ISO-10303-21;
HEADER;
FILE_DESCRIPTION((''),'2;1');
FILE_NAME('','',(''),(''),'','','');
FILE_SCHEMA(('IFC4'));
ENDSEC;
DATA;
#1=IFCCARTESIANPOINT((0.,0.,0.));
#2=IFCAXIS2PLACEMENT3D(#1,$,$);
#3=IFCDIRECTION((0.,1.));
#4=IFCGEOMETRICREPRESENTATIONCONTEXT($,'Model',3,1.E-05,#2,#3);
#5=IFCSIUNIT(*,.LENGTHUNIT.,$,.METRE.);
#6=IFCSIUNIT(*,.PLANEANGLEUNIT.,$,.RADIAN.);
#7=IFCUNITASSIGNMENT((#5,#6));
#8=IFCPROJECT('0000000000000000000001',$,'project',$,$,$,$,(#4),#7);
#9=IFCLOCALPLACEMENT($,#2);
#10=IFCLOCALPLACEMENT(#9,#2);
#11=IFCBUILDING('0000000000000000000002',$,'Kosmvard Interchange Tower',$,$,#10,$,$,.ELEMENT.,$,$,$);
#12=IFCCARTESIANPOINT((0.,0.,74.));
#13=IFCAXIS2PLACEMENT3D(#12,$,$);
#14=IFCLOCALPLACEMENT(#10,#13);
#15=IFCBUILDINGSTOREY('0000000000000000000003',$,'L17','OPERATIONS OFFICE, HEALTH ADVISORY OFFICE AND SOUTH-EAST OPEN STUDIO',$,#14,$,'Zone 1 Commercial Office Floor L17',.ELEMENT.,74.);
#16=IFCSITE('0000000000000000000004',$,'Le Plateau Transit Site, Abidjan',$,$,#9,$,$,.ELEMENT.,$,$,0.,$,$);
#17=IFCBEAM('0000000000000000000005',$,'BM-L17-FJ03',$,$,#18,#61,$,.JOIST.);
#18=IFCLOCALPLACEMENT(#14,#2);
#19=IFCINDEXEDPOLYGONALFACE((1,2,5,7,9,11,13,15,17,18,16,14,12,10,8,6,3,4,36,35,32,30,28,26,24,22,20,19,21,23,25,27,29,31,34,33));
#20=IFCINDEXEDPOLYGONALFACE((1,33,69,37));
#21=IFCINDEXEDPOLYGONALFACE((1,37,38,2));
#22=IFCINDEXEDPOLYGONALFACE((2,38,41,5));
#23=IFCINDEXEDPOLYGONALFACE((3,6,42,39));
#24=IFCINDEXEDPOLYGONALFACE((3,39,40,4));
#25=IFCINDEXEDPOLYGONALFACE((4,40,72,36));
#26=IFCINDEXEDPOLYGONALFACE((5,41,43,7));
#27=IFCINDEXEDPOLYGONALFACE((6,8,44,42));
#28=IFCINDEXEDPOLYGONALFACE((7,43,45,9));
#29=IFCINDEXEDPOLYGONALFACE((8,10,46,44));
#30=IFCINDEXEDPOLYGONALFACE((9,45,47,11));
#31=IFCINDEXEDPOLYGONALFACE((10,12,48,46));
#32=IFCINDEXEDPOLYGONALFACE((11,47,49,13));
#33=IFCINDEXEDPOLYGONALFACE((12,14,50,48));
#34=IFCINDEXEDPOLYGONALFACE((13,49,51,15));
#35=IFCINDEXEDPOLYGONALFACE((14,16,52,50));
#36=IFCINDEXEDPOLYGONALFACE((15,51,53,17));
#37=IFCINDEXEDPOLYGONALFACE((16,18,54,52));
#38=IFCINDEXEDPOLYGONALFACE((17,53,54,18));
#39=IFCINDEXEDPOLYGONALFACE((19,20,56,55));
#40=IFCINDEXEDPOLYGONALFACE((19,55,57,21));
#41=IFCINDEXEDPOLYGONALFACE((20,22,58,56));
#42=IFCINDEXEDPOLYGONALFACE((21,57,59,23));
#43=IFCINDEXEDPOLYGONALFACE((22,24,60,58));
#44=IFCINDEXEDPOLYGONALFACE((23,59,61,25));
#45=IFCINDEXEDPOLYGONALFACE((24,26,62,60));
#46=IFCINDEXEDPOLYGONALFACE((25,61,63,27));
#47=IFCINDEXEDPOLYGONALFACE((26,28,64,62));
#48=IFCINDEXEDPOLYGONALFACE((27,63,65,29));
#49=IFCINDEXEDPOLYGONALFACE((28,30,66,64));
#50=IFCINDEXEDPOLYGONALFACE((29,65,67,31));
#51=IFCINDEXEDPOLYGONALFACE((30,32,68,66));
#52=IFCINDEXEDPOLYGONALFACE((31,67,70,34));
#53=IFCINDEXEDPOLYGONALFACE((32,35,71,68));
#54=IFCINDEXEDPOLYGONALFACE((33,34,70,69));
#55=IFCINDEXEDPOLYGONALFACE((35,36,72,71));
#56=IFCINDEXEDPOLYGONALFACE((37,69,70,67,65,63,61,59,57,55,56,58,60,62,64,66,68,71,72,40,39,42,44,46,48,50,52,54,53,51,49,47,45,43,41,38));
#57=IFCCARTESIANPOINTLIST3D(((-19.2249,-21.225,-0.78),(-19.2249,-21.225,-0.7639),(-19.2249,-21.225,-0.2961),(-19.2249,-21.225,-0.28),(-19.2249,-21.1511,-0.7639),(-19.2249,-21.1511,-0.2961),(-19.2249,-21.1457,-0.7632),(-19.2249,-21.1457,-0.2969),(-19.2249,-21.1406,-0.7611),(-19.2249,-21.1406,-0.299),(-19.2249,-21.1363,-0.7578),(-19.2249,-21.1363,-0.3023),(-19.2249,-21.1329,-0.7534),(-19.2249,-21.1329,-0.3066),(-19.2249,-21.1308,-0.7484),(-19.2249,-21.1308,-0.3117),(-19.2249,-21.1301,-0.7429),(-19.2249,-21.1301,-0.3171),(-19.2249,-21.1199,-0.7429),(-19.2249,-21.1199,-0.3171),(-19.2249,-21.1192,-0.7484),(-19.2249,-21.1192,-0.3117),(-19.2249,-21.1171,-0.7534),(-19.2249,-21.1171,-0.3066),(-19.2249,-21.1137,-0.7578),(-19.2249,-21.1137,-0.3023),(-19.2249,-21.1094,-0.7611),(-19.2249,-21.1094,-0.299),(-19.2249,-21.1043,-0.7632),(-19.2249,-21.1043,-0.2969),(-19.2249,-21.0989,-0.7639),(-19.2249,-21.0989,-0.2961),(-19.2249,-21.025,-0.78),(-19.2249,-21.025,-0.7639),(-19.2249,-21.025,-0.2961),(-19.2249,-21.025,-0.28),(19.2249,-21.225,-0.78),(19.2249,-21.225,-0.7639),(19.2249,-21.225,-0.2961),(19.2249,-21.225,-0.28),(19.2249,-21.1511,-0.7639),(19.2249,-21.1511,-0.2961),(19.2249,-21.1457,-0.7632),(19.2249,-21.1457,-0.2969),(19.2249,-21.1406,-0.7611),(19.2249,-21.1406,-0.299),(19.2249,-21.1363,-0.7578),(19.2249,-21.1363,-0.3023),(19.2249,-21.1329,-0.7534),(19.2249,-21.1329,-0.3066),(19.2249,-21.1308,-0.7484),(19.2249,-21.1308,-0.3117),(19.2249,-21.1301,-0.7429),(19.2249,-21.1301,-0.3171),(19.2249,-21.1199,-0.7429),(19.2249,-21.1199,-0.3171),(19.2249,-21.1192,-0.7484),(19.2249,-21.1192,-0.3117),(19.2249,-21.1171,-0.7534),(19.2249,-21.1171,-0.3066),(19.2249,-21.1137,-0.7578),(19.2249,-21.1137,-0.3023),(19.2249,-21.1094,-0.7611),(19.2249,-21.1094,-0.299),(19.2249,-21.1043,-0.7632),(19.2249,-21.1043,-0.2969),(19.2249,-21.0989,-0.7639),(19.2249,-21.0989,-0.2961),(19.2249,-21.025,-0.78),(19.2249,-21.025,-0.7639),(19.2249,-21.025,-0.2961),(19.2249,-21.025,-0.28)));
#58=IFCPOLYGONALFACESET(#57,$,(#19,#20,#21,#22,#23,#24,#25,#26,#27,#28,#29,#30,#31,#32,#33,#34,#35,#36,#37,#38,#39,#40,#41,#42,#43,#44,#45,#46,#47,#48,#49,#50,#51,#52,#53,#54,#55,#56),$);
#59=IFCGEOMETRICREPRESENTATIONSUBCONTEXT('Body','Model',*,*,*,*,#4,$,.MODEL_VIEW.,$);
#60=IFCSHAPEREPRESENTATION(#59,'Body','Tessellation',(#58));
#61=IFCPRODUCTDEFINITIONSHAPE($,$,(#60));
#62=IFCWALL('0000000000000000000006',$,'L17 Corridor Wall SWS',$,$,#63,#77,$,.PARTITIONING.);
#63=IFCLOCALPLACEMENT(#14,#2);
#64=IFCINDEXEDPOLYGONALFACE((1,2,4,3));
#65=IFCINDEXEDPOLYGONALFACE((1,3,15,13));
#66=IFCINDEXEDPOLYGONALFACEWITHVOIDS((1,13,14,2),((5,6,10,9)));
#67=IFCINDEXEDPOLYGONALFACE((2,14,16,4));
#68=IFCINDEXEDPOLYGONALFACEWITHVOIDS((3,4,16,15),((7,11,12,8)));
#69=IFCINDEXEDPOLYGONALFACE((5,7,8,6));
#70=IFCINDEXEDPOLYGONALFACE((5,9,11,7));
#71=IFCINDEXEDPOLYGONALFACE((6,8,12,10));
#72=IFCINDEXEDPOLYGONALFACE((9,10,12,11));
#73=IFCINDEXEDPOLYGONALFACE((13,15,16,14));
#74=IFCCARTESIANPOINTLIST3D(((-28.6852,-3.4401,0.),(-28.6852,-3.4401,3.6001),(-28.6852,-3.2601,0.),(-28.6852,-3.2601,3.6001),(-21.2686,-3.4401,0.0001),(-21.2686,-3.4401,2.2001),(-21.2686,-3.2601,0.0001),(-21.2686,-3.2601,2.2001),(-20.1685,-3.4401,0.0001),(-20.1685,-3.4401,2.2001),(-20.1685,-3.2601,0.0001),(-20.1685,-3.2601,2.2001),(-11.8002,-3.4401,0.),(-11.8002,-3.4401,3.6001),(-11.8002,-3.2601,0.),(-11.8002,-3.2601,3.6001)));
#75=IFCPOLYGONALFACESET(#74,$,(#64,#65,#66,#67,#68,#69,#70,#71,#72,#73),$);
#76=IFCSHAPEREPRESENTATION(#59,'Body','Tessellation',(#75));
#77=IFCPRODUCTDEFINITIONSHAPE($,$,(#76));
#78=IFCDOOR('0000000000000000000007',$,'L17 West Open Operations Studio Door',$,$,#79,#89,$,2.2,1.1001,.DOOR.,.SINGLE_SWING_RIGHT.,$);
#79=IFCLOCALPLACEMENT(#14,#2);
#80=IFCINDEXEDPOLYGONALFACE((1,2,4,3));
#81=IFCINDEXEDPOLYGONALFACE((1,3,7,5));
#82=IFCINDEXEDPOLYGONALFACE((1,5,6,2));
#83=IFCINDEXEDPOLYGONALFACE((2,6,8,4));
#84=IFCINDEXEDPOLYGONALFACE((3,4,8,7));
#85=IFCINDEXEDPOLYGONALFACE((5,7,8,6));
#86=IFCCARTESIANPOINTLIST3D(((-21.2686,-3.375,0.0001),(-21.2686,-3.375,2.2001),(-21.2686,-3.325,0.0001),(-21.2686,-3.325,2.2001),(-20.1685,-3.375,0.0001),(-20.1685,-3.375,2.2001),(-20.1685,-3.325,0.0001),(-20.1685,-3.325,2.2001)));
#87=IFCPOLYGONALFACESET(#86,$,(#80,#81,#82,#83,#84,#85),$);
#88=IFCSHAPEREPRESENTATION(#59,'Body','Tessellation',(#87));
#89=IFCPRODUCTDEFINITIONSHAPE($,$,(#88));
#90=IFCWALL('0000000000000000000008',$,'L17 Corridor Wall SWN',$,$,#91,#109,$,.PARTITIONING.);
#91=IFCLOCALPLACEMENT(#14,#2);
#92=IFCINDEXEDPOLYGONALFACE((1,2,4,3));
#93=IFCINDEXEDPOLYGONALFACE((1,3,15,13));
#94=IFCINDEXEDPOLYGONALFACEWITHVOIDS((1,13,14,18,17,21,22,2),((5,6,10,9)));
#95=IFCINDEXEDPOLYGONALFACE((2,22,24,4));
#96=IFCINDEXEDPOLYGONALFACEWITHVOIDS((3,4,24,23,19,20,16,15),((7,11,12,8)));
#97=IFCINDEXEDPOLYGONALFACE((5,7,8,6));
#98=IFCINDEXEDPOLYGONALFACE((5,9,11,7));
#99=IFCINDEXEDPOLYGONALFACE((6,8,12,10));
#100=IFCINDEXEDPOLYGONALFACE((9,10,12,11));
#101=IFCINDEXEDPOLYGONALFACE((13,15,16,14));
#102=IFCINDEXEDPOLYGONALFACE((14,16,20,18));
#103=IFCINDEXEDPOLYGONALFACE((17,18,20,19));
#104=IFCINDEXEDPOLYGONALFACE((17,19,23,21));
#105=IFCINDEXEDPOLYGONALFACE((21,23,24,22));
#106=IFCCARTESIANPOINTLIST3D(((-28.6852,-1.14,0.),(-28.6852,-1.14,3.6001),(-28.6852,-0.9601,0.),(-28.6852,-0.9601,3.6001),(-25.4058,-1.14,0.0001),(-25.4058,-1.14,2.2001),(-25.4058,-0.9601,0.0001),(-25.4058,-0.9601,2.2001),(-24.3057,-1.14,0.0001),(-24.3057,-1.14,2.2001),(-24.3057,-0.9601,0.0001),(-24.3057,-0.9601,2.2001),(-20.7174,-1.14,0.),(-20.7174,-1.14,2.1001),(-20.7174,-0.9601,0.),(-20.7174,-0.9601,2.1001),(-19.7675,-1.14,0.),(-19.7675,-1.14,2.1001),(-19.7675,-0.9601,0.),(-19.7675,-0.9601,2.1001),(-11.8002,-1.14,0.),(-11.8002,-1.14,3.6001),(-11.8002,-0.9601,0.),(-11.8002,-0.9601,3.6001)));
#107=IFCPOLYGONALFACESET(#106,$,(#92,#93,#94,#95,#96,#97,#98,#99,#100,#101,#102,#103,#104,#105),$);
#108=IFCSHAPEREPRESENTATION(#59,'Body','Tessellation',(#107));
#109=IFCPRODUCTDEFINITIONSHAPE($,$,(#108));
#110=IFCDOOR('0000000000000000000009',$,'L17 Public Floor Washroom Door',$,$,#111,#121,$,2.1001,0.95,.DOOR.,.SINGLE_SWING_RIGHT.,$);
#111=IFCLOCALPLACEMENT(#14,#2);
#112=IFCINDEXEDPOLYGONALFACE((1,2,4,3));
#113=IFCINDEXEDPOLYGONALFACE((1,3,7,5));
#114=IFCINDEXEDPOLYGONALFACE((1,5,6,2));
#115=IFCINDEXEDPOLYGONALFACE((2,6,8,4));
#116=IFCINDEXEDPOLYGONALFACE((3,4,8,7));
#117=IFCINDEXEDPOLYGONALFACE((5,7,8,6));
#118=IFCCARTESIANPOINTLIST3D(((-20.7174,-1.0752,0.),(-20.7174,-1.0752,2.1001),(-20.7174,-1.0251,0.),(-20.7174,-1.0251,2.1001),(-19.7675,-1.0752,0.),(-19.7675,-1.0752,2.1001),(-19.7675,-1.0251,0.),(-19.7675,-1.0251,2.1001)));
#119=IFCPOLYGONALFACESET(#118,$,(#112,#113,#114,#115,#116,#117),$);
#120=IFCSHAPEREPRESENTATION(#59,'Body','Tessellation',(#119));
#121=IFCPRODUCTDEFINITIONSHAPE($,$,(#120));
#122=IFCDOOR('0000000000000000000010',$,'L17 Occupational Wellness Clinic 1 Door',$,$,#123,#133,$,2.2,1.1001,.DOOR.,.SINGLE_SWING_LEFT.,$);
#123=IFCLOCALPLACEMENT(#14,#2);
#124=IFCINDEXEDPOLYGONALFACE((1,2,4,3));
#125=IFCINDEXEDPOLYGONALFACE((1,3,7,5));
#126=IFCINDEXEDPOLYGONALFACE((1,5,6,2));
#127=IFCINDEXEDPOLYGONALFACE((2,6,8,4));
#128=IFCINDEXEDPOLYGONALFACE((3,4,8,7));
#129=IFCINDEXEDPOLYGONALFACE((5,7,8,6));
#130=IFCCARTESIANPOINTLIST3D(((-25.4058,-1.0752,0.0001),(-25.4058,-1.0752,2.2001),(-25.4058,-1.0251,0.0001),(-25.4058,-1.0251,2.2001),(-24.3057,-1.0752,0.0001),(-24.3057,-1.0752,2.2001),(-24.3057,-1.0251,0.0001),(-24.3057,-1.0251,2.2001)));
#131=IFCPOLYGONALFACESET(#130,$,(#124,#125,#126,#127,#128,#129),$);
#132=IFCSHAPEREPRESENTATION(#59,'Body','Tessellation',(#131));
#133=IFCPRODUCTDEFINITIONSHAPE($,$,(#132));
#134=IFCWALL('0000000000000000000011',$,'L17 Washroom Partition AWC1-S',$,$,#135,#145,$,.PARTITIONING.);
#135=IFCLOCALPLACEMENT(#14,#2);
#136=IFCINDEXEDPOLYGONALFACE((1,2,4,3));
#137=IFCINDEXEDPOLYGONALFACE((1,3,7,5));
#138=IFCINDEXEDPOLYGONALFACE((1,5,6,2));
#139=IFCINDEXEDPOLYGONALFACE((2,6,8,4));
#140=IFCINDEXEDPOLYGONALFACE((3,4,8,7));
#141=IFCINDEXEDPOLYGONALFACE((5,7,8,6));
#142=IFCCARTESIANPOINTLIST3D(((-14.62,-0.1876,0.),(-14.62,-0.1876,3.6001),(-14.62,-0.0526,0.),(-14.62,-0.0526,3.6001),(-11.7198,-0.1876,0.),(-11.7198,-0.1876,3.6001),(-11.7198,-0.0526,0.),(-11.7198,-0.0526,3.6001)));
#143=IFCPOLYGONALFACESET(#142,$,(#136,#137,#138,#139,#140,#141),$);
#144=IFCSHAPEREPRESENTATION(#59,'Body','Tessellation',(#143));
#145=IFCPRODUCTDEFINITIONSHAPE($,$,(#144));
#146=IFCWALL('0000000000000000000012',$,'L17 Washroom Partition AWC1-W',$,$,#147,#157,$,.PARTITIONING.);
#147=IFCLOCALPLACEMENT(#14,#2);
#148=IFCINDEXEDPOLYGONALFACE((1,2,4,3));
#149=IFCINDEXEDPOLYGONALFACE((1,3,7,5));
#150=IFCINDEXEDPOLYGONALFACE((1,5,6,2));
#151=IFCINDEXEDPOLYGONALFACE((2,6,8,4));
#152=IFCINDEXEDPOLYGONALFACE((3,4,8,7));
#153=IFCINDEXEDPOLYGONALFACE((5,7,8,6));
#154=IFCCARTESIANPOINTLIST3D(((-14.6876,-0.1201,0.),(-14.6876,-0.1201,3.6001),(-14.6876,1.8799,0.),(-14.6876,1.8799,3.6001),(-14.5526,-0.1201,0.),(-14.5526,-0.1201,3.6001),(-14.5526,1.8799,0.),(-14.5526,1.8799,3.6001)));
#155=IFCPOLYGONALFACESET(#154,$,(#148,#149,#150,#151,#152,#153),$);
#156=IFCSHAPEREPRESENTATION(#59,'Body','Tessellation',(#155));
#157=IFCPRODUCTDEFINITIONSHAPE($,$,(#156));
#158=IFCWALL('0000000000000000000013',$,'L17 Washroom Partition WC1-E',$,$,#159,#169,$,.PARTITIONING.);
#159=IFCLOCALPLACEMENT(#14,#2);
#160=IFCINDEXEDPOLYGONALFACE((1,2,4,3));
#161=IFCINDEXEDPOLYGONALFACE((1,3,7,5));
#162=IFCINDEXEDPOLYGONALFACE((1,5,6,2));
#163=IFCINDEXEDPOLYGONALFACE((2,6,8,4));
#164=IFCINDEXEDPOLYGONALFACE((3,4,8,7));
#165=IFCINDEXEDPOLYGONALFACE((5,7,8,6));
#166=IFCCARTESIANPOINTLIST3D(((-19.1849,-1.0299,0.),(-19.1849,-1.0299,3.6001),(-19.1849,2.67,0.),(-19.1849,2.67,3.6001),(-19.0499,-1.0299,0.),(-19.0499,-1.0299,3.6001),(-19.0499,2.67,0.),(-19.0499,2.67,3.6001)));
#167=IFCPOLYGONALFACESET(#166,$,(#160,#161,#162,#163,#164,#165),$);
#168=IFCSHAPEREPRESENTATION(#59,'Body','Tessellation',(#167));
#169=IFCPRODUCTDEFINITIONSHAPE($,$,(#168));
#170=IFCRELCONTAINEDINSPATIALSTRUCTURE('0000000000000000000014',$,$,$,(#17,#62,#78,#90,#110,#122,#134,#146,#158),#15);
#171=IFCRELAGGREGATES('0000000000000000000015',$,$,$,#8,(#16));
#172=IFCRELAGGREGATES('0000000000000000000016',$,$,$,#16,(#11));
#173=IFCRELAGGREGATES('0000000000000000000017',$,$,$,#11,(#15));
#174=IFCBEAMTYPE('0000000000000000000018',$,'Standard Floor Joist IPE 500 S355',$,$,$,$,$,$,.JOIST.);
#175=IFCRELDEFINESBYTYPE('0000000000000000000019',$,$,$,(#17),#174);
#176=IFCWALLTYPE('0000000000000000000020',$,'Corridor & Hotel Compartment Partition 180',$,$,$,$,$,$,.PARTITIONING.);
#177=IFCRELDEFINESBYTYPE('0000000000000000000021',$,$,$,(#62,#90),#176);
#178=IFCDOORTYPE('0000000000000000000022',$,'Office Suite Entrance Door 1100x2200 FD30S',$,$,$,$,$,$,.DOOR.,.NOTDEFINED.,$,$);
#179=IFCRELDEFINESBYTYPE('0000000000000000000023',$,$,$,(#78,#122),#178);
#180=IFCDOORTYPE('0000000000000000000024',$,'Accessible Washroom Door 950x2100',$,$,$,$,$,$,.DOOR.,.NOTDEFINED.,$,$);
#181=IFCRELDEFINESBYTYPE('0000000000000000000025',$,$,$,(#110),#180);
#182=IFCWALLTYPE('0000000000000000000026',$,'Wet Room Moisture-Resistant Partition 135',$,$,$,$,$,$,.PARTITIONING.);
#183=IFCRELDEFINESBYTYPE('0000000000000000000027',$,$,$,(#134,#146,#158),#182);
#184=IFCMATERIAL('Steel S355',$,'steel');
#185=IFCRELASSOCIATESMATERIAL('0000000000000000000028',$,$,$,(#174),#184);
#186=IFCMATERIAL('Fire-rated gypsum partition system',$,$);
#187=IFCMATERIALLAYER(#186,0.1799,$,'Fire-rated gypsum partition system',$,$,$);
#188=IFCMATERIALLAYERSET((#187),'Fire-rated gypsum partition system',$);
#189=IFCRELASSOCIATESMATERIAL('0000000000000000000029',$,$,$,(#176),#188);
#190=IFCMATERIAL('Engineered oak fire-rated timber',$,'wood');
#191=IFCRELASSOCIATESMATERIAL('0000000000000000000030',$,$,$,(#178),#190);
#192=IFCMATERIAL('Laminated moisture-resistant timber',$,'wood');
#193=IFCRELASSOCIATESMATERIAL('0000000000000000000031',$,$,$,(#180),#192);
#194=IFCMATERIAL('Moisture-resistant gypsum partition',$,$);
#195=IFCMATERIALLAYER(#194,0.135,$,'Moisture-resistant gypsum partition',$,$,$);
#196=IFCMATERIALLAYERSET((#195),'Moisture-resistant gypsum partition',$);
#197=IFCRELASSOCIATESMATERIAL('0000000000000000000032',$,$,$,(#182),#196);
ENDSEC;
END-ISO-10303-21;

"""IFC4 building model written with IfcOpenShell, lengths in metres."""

from ifc_helpers import new_model, si_unit, direction, frame, frame_2d, origin, origin_2d, place, context, subcontext, project, spatial, rectangle, i_section, extrude, source, transform, mapped, material, layer, layer_set, material_profile, profile_set, type_object, element, fill, save


model = new_model("IFC4")

# Units and contexts
model_context = context("Model", 3, precision=1e-05, world=origin(), true_north=direction((0.0, 1.0)))
body_context = subcontext(model_context, "Body", "Model", "MODEL_VIEW")
ifc_project = project(units=[si_unit("LENGTHUNIT", "METRE"), si_unit("PLANEANGLEUNIT", "RADIAN")], contexts=[model_context])

# Site, building, storey
site_placement = place(None, origin())
site = spatial("IfcSite", under=ifc_project, at=site_placement, Name="Le Plateau Transit Site, Abidjan", CompositionType="ELEMENT", RefElevation=0.0)
building_placement = place(site_placement, origin())
building = spatial("IfcBuilding", under=site, at=building_placement, Name="Kosmvard Interchange Tower", CompositionType="ELEMENT")
storey_placement = place(building_placement, frame((0.0, 0.0, 74.0)))
storey = spatial("IfcBuildingStorey", under=building, at=storey_placement, Name="L17", Description="OPERATIONS OFFICE, HEALTH ADVISORY OFFICE AND SOUTH-EAST OPEN STUDIO", LongName="Zone 1 Commercial Office Floor L17", CompositionType="ELEMENT", Elevation=74.0)

# Beam
ifc_material_1 = material(Name="Steel S355", Category="steel")
ifc_material_profile_1 = material_profile(ifc_material_1, i_section(OverallWidth=0.2, OverallDepth=0.5, WebThickness=0.0103, FlangeThickness=0.0161, FilletRadius=0.021, at=origin_2d()), Name="IPE 500")
ifc_profile_set_1 = profile_set([ifc_material_profile_1], Name="Steel S355")
beam_type_1 = type_object("IfcBeamType", Name="Standard Floor Joist IPE 500 S355", PredefinedType="JOIST", material=ifc_profile_set_1)
shared_shape_1 = source(origin(), body_context, "Body", "SweptSolid", [
    extrude(i_section(OverallWidth=0.2, OverallDepth=0.5, WebThickness=0.0103, FlangeThickness=0.0161, FilletRadius=0.021, at=origin_2d()), origin(), (0.0, 0.0, 1.0), 38.4497),
])
beam_1_placement = place(storey_placement, frame((-19.2249, -21.125, -0.53), z_axis=(1.0, 0.0, 0.0), x_axis=(0.0, 1.0, 0.0)))
element("IfcBeam", 1, at=beam_1_placement, inside=storey, type_object=beam_type_1, Name="BM-L17-FJ03", PredefinedType="JOIST", context=body_context, shape_type="MappedRepresentation", body=[
    mapped(shared_shape_1, transform((0.0, 0.0, 0.0), scale=1.0)),
])

# Wall, opening, door
ifc_material_2 = material(Name="Fire-rated gypsum partition system")
ifc_layer_1 = layer(ifc_material_2, 0.1799, Name="Fire-rated gypsum partition system")
ifc_layer_set_1 = layer_set([ifc_layer_1], Name="Fire-rated gypsum partition system")
wall_type_1 = type_object("IfcWallType", Name="Corridor & Hotel Compartment Partition 180", PredefinedType="PARTITIONING", material=ifc_layer_set_1)
wall_1_placement = place(storey_placement, frame((-28.6851, -3.3501, 0.0), z_axis=(0.0, 0.0, 1.0), x_axis=(1.0, 0.0, 0.0)))
wall_1 = element("IfcWall", 2, at=wall_1_placement, inside=storey, type_object=wall_type_1, Name="L17 Corridor Wall SWS", PredefinedType="PARTITIONING", context=body_context, shape_type="SweptSolid", body=[
    extrude(rectangle(XDim=16.885, YDim=0.1799, at=frame_2d((8.4424, 0.0))), origin(), (0.0, 0.0, 1.0), 3.6001),
])
opening_1_placement = place(wall_1_placement, frame((7.4165, 0.0, 0.0)))
opening_1 = element("IfcOpeningElement", 3, at=opening_1_placement, cuts=wall_1, PredefinedType="OPENING", context=body_context, shape_type="SweptSolid", body=[
    extrude(rectangle(XDim=1.1001, YDim=2.2, at=frame_2d((0.55, 1.1001))), frame((0.0, 0.1001, 0.0), z_axis=(0.0, -1.0, 0.0), x_axis=(1.0, 0.0, 0.0)), (0.0, 0.0, 1.0), 0.2),
])
ifc_material_3 = material(Name="Engineered oak fire-rated timber", Category="wood")
door_type_1 = type_object("IfcDoorType", Name="Office Suite Entrance Door 1100x2200 FD30S", OperationType="NOTDEFINED", PredefinedType="DOOR", material=ifc_material_3)
shared_shape_2 = source(origin(), body_context, "Body", "SweptSolid", [
    extrude(rectangle(XDim=1.1001, YDim=2.2, at=frame_2d((0.55, 1.1001))), frame((0.0, 0.0249, 0.0), z_axis=(0.0, -1.0, 0.0), x_axis=(1.0, 0.0, 0.0)), (0.0, 0.0, 1.0), 0.05),
])
door_1_placement = place(opening_1_placement, frame((1.1001, 0.0, 0.0), z_axis=(0.0, 0.0, 1.0), x_axis=(-1.0, 0.0, 0.0)))
door_1 = element("IfcDoor", 4, at=door_1_placement, inside=storey, type_object=door_type_1, Name="L17 West Open Operations Studio Door", OperationType="SINGLE_SWING_RIGHT", OverallHeight=2.2, OverallWidth=1.1001, PredefinedType="DOOR", context=body_context, shape_type="MappedRepresentation", body=[
    mapped(shared_shape_2, transform((0.0, 0.0, 0.0), scale=1.0)),
])
fill(opening_1, door_1)

# Wall, openings, doors
wall_2_placement = place(storey_placement, frame((-28.6851, -1.05, 0.0), z_axis=(0.0, 0.0, 1.0), x_axis=(1.0, 0.0, 0.0)))
wall_2 = element("IfcWall", 5, at=wall_2_placement, inside=storey, type_object=wall_type_1, Name="L17 Corridor Wall SWN", PredefinedType="PARTITIONING", context=body_context, shape_type="SweptSolid", body=[
    extrude(rectangle(XDim=16.885, YDim=0.1799, at=frame_2d((8.4424, 0.0))), origin(), (0.0, 0.0, 1.0), 3.6001),
])
opening_2_placement = place(wall_2_placement, frame((7.9675, 0.0, 0.0)))
opening_2 = element("IfcOpeningElement", 6, at=opening_2_placement, cuts=wall_2, PredefinedType="OPENING", context=body_context, shape_type="SweptSolid", body=[
    extrude(rectangle(XDim=0.95, YDim=2.1001, at=frame_2d((0.4751, 1.05))), frame((0.0, 0.1001, 0.0), z_axis=(0.0, -1.0, 0.0), x_axis=(1.0, 0.0, 0.0)), (0.0, 0.0, 1.0), 0.2),
])
opening_3_placement = place(wall_2_placement, frame((3.2793, 0.0, 0.0)))
opening_3 = element("IfcOpeningElement", 7, at=opening_3_placement, cuts=wall_2, PredefinedType="OPENING", context=body_context, shape_type="SweptSolid", body=[
    extrude(rectangle(XDim=1.1001, YDim=2.2, at=frame_2d((0.55, 1.1001))), frame((0.0, 0.1001, 0.0), z_axis=(0.0, -1.0, 0.0), x_axis=(1.0, 0.0, 0.0)), (0.0, 0.0, 1.0), 0.2),
])
ifc_material_4 = material(Name="Laminated moisture-resistant timber", Category="wood")
door_type_2 = type_object("IfcDoorType", Name="Accessible Washroom Door 950x2100", OperationType="NOTDEFINED", PredefinedType="DOOR", material=ifc_material_4)
shared_shape_3 = source(origin(), body_context, "Body", "SweptSolid", [
    extrude(rectangle(XDim=0.95, YDim=2.1001, at=frame_2d((0.4751, 1.05))), frame((0.0, 0.0249, 0.0), z_axis=(0.0, -1.0, 0.0), x_axis=(1.0, 0.0, 0.0)), (0.0, 0.0, 1.0), 0.05),
])
door_2_placement = place(opening_2_placement, origin())
door_2 = element("IfcDoor", 8, at=door_2_placement, inside=storey, type_object=door_type_2, Name="L17 Public Floor Washroom Door", OperationType="SINGLE_SWING_RIGHT", OverallHeight=2.1001, OverallWidth=0.95, PredefinedType="DOOR", context=body_context, shape_type="MappedRepresentation", body=[
    mapped(shared_shape_3, transform((0.0, 0.0, 0.0), scale=1.0)),
])
fill(opening_2, door_2)
door_3_placement = place(opening_3_placement, origin())
door_3 = element("IfcDoor", 9, at=door_3_placement, inside=storey, type_object=door_type_1, Name="L17 Occupational Wellness Clinic 1 Door", OperationType="SINGLE_SWING_LEFT", OverallHeight=2.2, OverallWidth=1.1001, PredefinedType="DOOR", context=body_context, shape_type="MappedRepresentation", body=[
    mapped(shared_shape_2, transform((0.0, 0.0, 0.0), scale=1.0)),
])
fill(opening_3, door_3)

# Walls
ifc_material_5 = material(Name="Moisture-resistant gypsum partition")
ifc_layer_2 = layer(ifc_material_5, 0.135, Name="Moisture-resistant gypsum partition")
ifc_layer_set_2 = layer_set([ifc_layer_2], Name="Moisture-resistant gypsum partition")
wall_type_2 = type_object("IfcWallType", Name="Wet Room Moisture-Resistant Partition 135", PredefinedType="PARTITIONING", material=ifc_layer_set_2)
wall_3_placement = place(storey_placement, frame((-14.6201, -0.1201, 0.0), z_axis=(0.0, 0.0, 1.0), x_axis=(1.0, 0.0, 0.0)))
element("IfcWall", 10, at=wall_3_placement, inside=storey, type_object=wall_type_2, Name="L17 Washroom Partition AWC1-S", PredefinedType="PARTITIONING", context=body_context, shape_type="SweptSolid", body=[
    extrude(rectangle(XDim=2.9001, YDim=0.135, at=frame_2d((1.4502, 0.0))), origin(), (0.0, 0.0, 1.0), 3.6001),
])
wall_4_placement = place(storey_placement, frame((-14.6201, -0.1201, 0.0), z_axis=(0.0, 0.0, 1.0), x_axis=(0.0, 1.0, 0.0)))
element("IfcWall", 11, at=wall_4_placement, inside=storey, type_object=wall_type_2, Name="L17 Washroom Partition AWC1-W", PredefinedType="PARTITIONING", context=body_context, shape_type="SweptSolid", body=[
    extrude(rectangle(XDim=2.0, YDim=0.135, at=frame_2d((1.0, 0.0))), origin(), (0.0, 0.0, 1.0), 3.6001),
])
for number, where, z_axis, x_axis, name in (
    (12, (-19.1174, -1.03, 0.0), (0.0, 0.0, 1.0), (0.0, 1.0, 0.0), "L17 Washroom Partition WC1-E"),
):
    element("IfcWall", number, at=place(storey_placement, frame(where, z_axis=z_axis, x_axis=x_axis)), inside=storey, type_object=wall_type_2, Name=name, PredefinedType="PARTITIONING", context=body_context, shape_type="SweptSolid", body=[
        extrude(rectangle(XDim=3.7, YDim=0.135, at=frame_2d((1.8501, 0.0))), origin(), (0.0, 0.0, 1.0), 3.6001),
    ])

save(model, "model.ifc")
